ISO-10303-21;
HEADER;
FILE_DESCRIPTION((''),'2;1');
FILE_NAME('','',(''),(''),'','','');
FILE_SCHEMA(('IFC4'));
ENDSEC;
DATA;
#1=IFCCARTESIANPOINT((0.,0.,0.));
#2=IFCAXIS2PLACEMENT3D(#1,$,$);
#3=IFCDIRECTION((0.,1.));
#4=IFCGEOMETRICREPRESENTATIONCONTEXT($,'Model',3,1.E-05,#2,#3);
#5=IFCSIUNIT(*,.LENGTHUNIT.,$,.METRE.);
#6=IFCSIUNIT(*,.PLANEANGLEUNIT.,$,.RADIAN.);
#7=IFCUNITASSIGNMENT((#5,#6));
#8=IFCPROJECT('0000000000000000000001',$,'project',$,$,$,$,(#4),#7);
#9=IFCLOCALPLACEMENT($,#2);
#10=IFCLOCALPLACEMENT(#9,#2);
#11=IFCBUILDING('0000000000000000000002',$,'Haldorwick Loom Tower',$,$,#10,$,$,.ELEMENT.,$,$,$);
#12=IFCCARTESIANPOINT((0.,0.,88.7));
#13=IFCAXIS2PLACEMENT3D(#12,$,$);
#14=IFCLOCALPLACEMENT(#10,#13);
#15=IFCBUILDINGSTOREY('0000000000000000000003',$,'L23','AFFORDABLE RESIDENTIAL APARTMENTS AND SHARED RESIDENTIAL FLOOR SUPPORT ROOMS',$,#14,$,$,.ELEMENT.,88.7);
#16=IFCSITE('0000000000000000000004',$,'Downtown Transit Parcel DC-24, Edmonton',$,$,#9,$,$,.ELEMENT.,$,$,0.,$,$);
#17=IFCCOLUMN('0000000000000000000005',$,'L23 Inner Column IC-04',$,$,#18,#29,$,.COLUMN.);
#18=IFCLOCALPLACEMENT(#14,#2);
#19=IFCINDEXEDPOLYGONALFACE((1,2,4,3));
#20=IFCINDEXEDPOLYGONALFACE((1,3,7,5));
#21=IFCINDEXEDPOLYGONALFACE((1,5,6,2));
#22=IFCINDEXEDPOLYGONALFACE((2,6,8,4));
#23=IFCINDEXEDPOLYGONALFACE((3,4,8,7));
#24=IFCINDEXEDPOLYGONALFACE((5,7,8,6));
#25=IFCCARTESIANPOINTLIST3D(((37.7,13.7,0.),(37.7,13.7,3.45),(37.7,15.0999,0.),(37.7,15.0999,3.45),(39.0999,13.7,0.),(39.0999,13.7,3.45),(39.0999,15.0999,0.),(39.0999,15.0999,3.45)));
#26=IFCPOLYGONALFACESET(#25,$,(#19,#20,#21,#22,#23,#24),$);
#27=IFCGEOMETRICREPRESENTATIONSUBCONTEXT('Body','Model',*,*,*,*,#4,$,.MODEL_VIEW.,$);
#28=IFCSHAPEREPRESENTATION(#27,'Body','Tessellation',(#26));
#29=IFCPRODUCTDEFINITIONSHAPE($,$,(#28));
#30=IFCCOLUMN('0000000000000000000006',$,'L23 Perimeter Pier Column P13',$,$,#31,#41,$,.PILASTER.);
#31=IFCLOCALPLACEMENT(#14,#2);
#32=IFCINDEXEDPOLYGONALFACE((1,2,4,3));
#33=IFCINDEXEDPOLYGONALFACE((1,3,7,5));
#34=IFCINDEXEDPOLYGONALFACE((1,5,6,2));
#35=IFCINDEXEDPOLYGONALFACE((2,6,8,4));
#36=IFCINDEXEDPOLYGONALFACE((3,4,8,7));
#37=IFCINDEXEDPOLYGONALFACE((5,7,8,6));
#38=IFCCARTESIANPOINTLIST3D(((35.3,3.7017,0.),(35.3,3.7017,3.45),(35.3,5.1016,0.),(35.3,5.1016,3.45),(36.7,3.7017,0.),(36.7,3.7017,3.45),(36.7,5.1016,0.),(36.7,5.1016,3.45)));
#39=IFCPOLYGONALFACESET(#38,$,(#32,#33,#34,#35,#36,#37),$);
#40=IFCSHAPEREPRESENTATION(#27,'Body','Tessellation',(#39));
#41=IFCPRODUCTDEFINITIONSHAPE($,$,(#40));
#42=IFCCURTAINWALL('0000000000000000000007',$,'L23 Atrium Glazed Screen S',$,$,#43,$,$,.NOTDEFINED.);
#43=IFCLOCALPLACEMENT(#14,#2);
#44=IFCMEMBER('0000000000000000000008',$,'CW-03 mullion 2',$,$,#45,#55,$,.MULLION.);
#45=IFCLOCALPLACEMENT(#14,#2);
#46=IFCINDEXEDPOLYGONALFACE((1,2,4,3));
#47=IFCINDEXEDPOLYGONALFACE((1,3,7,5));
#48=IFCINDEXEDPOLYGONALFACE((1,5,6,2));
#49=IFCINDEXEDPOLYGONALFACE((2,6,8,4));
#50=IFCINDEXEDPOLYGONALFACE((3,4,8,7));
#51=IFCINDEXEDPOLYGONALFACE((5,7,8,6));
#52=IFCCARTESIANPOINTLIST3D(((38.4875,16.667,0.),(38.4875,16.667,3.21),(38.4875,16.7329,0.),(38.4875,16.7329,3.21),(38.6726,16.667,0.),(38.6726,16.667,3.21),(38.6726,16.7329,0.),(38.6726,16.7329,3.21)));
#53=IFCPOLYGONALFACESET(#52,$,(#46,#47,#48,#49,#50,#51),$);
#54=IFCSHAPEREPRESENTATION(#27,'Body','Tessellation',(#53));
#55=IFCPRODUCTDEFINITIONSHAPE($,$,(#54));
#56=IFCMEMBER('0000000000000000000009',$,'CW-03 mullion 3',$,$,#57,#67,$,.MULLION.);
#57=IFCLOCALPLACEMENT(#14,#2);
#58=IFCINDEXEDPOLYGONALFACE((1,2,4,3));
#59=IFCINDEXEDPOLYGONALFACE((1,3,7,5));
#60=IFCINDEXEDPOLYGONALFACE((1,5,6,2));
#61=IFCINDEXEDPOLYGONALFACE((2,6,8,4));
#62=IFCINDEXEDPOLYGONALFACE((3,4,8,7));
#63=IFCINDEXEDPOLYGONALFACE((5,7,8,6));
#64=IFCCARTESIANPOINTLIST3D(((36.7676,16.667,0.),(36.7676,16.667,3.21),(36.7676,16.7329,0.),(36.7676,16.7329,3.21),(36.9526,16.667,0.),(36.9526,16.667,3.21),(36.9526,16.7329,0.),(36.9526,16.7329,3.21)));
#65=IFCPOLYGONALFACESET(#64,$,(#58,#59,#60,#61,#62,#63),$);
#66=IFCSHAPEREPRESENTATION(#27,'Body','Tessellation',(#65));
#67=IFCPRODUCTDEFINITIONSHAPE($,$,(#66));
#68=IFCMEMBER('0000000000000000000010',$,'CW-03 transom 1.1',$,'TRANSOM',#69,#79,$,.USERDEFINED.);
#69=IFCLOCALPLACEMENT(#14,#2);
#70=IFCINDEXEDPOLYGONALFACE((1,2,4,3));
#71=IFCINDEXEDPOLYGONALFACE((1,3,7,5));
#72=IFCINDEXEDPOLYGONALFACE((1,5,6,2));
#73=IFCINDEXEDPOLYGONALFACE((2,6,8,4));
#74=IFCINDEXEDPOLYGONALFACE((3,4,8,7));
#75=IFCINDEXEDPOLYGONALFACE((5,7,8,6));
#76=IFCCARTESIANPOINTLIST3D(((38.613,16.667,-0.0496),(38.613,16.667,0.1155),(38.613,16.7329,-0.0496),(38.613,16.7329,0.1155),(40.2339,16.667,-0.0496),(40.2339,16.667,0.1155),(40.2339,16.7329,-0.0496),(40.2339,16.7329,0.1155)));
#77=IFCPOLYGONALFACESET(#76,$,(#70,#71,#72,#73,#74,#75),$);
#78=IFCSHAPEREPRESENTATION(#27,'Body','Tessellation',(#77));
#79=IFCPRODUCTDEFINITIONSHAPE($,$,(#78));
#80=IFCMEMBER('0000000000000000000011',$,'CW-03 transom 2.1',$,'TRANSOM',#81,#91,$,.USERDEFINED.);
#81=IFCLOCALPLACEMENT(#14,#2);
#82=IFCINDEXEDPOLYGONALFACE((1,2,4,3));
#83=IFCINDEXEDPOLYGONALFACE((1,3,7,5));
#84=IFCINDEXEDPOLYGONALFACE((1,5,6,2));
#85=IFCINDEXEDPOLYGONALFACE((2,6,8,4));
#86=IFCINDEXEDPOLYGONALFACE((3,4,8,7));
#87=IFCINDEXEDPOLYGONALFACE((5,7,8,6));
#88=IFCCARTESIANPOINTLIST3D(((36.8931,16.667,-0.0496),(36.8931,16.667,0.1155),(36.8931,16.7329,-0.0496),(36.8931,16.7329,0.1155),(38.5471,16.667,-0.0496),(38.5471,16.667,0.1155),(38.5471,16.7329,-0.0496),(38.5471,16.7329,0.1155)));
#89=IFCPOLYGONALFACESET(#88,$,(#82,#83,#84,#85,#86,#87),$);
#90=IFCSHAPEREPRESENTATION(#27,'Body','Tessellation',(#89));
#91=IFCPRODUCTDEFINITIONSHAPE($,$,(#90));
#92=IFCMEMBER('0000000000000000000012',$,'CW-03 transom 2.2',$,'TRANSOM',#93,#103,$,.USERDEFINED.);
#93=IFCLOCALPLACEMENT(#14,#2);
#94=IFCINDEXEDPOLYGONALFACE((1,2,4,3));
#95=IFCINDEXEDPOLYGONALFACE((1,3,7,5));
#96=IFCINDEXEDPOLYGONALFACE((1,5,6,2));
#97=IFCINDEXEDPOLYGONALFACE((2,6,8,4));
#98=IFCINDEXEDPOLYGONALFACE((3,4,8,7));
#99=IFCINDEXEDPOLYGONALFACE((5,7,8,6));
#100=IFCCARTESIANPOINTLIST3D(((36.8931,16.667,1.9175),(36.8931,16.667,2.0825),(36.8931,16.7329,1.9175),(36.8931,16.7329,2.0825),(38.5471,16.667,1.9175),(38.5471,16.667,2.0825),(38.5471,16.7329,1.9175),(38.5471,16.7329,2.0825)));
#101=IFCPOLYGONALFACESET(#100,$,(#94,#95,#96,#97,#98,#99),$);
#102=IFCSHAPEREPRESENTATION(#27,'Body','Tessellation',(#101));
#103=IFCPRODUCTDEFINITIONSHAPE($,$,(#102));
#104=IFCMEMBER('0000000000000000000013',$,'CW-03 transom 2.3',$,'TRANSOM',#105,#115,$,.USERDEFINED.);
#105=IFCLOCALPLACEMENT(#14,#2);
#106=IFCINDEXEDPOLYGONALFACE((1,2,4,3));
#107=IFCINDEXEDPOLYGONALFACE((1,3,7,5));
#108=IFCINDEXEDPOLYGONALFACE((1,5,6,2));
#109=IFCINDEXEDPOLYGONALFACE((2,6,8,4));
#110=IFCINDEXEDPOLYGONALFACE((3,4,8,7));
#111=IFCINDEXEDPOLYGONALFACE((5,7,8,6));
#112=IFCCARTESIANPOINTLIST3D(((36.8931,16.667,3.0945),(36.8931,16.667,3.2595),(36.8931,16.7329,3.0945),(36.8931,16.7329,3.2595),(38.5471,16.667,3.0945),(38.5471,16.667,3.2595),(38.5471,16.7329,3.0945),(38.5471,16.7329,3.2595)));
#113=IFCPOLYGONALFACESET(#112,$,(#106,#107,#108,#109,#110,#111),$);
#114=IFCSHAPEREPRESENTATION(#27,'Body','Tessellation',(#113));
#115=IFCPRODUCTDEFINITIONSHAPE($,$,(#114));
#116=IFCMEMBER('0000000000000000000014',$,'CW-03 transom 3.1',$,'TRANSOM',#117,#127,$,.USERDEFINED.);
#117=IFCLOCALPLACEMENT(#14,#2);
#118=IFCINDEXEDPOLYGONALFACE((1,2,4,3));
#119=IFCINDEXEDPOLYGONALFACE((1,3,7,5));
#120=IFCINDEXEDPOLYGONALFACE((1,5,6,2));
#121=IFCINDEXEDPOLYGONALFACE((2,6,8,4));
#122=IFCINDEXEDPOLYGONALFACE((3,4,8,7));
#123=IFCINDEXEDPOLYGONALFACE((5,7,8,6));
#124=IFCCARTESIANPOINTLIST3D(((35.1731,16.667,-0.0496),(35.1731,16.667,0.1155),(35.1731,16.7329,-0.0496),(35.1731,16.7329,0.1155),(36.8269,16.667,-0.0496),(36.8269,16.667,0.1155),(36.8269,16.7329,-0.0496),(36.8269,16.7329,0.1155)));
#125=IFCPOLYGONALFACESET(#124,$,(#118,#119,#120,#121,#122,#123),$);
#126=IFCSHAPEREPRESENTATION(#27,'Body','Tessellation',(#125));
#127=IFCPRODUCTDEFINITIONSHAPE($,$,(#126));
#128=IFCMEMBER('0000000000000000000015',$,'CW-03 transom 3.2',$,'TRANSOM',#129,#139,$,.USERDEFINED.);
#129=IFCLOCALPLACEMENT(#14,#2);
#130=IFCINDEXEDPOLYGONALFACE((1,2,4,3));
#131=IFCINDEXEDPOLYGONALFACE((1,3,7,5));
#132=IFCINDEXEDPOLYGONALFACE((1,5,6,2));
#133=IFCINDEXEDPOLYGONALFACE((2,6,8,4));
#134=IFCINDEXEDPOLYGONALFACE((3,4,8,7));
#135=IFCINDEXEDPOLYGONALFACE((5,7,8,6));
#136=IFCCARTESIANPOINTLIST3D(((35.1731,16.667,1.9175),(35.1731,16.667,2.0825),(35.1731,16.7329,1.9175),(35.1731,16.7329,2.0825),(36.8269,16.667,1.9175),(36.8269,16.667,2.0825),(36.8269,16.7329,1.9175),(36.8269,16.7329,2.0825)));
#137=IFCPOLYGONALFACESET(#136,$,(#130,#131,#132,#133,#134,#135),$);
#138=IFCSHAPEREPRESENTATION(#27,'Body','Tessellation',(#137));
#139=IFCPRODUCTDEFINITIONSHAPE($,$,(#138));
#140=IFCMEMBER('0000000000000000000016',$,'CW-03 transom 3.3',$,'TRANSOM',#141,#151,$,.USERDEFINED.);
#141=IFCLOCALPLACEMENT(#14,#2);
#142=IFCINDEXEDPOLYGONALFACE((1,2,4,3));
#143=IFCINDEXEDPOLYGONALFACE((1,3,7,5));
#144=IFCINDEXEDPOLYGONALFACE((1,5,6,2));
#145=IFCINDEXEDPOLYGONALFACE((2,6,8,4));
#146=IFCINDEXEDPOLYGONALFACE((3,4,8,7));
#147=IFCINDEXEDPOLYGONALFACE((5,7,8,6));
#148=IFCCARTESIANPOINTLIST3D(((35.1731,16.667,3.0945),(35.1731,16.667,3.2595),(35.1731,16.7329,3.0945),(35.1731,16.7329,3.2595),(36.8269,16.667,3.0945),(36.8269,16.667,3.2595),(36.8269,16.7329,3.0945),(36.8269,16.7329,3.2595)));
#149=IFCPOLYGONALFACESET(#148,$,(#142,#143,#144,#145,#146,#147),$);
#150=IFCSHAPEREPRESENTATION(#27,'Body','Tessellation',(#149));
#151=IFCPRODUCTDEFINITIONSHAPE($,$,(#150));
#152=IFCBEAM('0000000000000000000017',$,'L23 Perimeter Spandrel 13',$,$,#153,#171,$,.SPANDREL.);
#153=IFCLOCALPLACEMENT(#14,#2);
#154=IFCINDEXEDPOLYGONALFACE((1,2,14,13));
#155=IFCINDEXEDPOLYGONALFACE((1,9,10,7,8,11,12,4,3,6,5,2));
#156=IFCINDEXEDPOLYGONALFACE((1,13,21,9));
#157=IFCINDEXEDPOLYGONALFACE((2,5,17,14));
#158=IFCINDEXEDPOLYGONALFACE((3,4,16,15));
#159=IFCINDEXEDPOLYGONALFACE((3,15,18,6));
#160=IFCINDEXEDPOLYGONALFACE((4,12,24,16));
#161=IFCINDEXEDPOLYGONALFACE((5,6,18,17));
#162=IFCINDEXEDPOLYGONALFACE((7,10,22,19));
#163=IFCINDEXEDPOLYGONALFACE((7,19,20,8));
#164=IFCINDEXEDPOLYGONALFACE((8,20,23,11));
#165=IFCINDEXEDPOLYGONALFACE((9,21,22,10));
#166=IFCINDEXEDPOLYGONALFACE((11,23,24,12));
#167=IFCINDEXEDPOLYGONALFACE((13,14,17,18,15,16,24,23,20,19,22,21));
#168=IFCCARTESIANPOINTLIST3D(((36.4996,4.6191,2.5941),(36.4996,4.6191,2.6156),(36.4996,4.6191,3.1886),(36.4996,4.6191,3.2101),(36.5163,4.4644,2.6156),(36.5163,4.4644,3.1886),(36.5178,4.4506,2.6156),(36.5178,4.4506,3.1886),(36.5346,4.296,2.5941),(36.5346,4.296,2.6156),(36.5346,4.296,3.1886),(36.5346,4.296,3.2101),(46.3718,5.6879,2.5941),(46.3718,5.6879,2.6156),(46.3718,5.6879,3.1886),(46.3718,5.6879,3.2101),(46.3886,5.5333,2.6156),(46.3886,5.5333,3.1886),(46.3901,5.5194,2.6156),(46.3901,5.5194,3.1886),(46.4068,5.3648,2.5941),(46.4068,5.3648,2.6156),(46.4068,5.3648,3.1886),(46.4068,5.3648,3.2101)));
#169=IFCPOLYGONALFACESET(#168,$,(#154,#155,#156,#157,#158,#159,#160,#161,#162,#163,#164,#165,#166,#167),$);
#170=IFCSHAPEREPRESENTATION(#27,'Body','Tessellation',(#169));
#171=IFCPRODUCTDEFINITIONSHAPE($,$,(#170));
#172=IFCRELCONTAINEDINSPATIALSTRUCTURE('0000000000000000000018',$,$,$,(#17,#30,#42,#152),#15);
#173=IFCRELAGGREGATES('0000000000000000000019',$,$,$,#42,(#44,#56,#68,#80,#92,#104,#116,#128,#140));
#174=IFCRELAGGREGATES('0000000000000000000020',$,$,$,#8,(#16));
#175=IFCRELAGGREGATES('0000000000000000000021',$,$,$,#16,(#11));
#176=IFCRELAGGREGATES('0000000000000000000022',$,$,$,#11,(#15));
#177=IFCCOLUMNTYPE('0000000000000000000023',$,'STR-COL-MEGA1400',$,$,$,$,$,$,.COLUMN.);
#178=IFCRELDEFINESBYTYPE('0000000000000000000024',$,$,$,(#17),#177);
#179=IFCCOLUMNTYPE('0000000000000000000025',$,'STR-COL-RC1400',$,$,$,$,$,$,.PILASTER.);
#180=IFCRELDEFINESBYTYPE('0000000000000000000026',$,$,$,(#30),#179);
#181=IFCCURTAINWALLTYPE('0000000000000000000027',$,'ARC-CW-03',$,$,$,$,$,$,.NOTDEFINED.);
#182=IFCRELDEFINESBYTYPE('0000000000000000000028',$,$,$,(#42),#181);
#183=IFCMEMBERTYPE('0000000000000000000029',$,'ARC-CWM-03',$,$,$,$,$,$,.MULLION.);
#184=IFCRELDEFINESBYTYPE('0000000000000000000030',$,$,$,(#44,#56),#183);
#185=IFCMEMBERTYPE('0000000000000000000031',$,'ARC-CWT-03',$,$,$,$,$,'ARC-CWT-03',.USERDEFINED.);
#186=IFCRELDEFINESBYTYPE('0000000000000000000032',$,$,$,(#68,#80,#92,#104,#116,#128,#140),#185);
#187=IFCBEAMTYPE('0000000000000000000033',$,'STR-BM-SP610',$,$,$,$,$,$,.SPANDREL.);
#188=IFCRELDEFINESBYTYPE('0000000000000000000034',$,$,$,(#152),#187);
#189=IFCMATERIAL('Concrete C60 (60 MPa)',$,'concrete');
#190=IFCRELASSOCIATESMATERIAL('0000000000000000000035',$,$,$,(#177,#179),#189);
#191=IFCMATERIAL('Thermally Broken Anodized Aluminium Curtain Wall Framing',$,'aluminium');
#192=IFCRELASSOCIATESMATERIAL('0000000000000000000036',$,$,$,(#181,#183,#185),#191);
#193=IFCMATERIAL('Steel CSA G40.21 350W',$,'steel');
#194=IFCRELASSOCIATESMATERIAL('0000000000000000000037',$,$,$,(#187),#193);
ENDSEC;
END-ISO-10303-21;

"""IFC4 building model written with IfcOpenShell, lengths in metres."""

from ifc_helpers import new_model, si_unit, direction, frame, origin, origin_2d, place, context, subcontext, project, spatial, rectangle, i_section, extrude, material, material_profile, profile_set, type_object, element, aggregate, save


model = new_model("IFC4")

# Units and contexts
model_context = context("Model", 3, precision=1e-05, world=origin(), true_north=direction((0.0, 1.0)))
body_context = subcontext(model_context, "Body", "Model", "MODEL_VIEW")
ifc_project = project(units=[si_unit("LENGTHUNIT", "METRE"), si_unit("PLANEANGLEUNIT", "RADIAN")], contexts=[model_context])

# Site, building, storey
site_placement = place(None, origin())
site = spatial("IfcSite", under=ifc_project, at=site_placement, Name="Downtown Transit Parcel DC-24, Edmonton", CompositionType="ELEMENT", RefElevation=0.0)
building_placement = place(site_placement, origin())
building = spatial("IfcBuilding", under=site, at=building_placement, Name="Haldorwick Loom Tower", CompositionType="ELEMENT")
storey_placement = place(building_placement, frame((0.0, 0.0, 88.7)))
storey = spatial("IfcBuildingStorey", under=building, at=storey_placement, Name="L23", Description="AFFORDABLE RESIDENTIAL APARTMENTS AND SHARED RESIDENTIAL FLOOR SUPPORT ROOMS", CompositionType="ELEMENT", Elevation=88.7)

# Columns
ifc_material_1 = material(Name="Concrete C60 (60 MPa)", Category="concrete")
ifc_material_profile_1 = material_profile(ifc_material_1, rectangle(XDim=1.3999, YDim=1.3999, at=origin_2d()), Name="RC1400X1400", Category="concrete")
ifc_profile_set_1 = profile_set([ifc_material_profile_1], Name="Concrete C60 (60 MPa)")
column_type_1 = type_object("IfcColumnType", Name="STR-COL-MEGA1400", PredefinedType="COLUMN", material=ifc_profile_set_1)
column_1_placement = place(storey_placement, frame((38.3999, 14.3999, 0.0), z_axis=(0.0, 0.0, 1.0), x_axis=(1.0, 0.0, 0.0)))
element("IfcColumn", 1, at=column_1_placement, inside=storey, type_object=column_type_1, Name="L23 Inner Column IC-04", PredefinedType="COLUMN", context=body_context, shape_type="SweptSolid", body=[
    extrude(rectangle(XDim=1.3999, YDim=1.3999, at=origin_2d()), origin(), (0.0, 0.0, 1.0), 3.45),
])
ifc_material_profile_2 = material_profile(ifc_material_1, rectangle(XDim=1.3999, YDim=1.3999, at=origin_2d()), Name="RC1400X1400", Category="concrete")
ifc_profile_set_2 = profile_set([ifc_material_profile_2], Name="Concrete C60 (60 MPa)")
column_type_2 = type_object("IfcColumnType", Name="STR-COL-RC1400", PredefinedType="PILASTER", material=ifc_profile_set_2)
column_2_placement = place(storey_placement, frame((36.0, 4.4016, 0.0), z_axis=(0.0, 0.0, 1.0), x_axis=(0.0, -1.0, 0.0)))
element("IfcColumn", 2, at=column_2_placement, inside=storey, type_object=column_type_2, Name="L23 Perimeter Pier Column P13", PredefinedType="PILASTER", context=body_context, shape_type="SweptSolid", body=[
    extrude(rectangle(XDim=1.3999, YDim=1.3999, at=origin_2d()), origin(), (0.0, 0.0, 1.0), 3.45),
])

# Curtain wall, members
ifc_material_2 = material(Name="Thermally Broken Anodized Aluminium Curtain Wall Framing", Category="aluminium")
curtain_wall_type = type_object("IfcCurtainWallType", Name="ARC-CW-03", PredefinedType="NOTDEFINED", material=ifc_material_2)
curtain_wall_placement = place(storey_placement, origin())
curtain_wall = element("IfcCurtainWall", 3, at=curtain_wall_placement, inside=storey, type_object=curtain_wall_type, Name="L23 Atrium Glazed Screen S", PredefinedType="NOTDEFINED")
ifc_material_profile_3 = material_profile(ifc_material_2, rectangle(XDim=0.0659, YDim=0.1851, at=origin_2d()), Name="ALU_MUL_66X185", Category="aluminium")
ifc_profile_set_3 = profile_set([ifc_material_profile_3], Name="Thermally Broken Anodized Aluminium Curtain Wall Framing")
member_type_1 = type_object("IfcMemberType", Name="ARC-CWM-03", PredefinedType="MULLION", material=ifc_profile_set_3)
member_1_placement = place(storey_placement, frame((38.5801, 16.7, 0.0), z_axis=(0.0, 0.0, 1.0), x_axis=(0.0, -1.0, 0.0)))
member_1 = element("IfcMember", 4, at=member_1_placement, type_object=member_type_1, Name="CW-03 mullion 2", PredefinedType="MULLION", context=body_context, shape_type="SweptSolid", body=[
    extrude(rectangle(XDim=0.0659, YDim=0.1851, at=origin_2d()), origin(), (0.0, 0.0, 1.0), 3.21),
])
member_2_placement = place(storey_placement, frame((36.8601, 16.7, 0.0), z_axis=(0.0, 0.0, 1.0), x_axis=(0.0, -1.0, 0.0)))
member_2 = element("IfcMember", 5, at=member_2_placement, type_object=member_type_1, Name="CW-03 mullion 3", PredefinedType="MULLION", context=body_context, shape_type="SweptSolid", body=[
    extrude(rectangle(XDim=0.0659, YDim=0.1851, at=origin_2d()), origin(), (0.0, 0.0, 1.0), 3.21),
])
ifc_material_profile_4 = material_profile(ifc_material_2, rectangle(XDim=0.0659, YDim=0.165, at=origin_2d()), Name="ALU_TRN_66X165", Category="aluminium")
ifc_profile_set_4 = profile_set([ifc_material_profile_4], Name="Thermally Broken Anodized Aluminium Curtain Wall Framing")
member_type_2 = type_object("IfcMemberType", Name="ARC-CWT-03", ElementType="ARC-CWT-03", PredefinedType="USERDEFINED", material=ifc_profile_set_4)
member_3_placement = place(storey_placement, frame((40.2339, 16.7, 0.033), z_axis=(-1.0, 0.0, 0.0), x_axis=(0.0, -1.0, 0.0)))
member_3 = element("IfcMember", 6, at=member_3_placement, type_object=member_type_2, Name="CW-03 transom 1.1", ObjectType="TRANSOM", PredefinedType="USERDEFINED", context=body_context, shape_type="SweptSolid", body=[
    extrude(rectangle(XDim=0.0659, YDim=0.165, at=origin_2d()), origin(), (0.0, 0.0, 1.0), 1.6208),
])
member_4_placement = place(storey_placement, frame((38.5471, 16.7, 0.033), z_axis=(-1.0, 0.0, 0.0), x_axis=(0.0, -1.0, 0.0)))
member_4 = element("IfcMember", 7, at=member_4_placement, type_object=member_type_2, Name="CW-03 transom 2.1", ObjectType="TRANSOM", PredefinedType="USERDEFINED", context=body_context, shape_type="SweptSolid", body=[
    extrude(rectangle(XDim=0.0659, YDim=0.165, at=origin_2d()), origin(), (0.0, 0.0, 1.0), 1.6541),
])
member_5_placement = place(storey_placement, frame((38.5471, 16.7, 2.0), z_axis=(-1.0, 0.0, 0.0), x_axis=(0.0, -1.0, 0.0)))
member_5 = element("IfcMember", 8, at=member_5_placement, type_object=member_type_2, Name="CW-03 transom 2.2", ObjectType="TRANSOM", PredefinedType="USERDEFINED", context=body_context, shape_type="SweptSolid", body=[
    extrude(rectangle(XDim=0.0659, YDim=0.165, at=origin_2d()), origin(), (0.0, 0.0, 1.0), 1.6541),
])
member_6_placement = place(storey_placement, frame((38.5471, 16.7, 3.177), z_axis=(-1.0, 0.0, 0.0), x_axis=(0.0, -1.0, 0.0)))
member_6 = element("IfcMember", 9, at=member_6_placement, type_object=member_type_2, Name="CW-03 transom 2.3", ObjectType="TRANSOM", PredefinedType="USERDEFINED", context=body_context, shape_type="SweptSolid", body=[
    extrude(rectangle(XDim=0.0659, YDim=0.165, at=origin_2d()), origin(), (0.0, 0.0, 1.0), 1.6541),
])
member_7_placement = place(storey_placement, frame((36.8269, 16.7, 0.033), z_axis=(-1.0, 0.0, 0.0), x_axis=(0.0, -1.0, 0.0)))
member_7 = element("IfcMember", 10, at=member_7_placement, type_object=member_type_2, Name="CW-03 transom 3.1", ObjectType="TRANSOM", PredefinedType="USERDEFINED", context=body_context, shape_type="SweptSolid", body=[
    extrude(rectangle(XDim=0.0659, YDim=0.165, at=origin_2d()), origin(), (0.0, 0.0, 1.0), 1.6538),
])
member_8_placement = place(storey_placement, frame((36.8269, 16.7, 2.0), z_axis=(-1.0, 0.0, 0.0), x_axis=(0.0, -1.0, 0.0)))
member_8 = element("IfcMember", 11, at=member_8_placement, type_object=member_type_2, Name="CW-03 transom 3.2", ObjectType="TRANSOM", PredefinedType="USERDEFINED", context=body_context, shape_type="SweptSolid", body=[
    extrude(rectangle(XDim=0.0659, YDim=0.165, at=origin_2d()), origin(), (0.0, 0.0, 1.0), 1.6538),
])
member_9_placement = place(storey_placement, frame((36.8269, 16.7, 3.177), z_axis=(-1.0, 0.0, 0.0), x_axis=(0.0, -1.0, 0.0)))
member_9 = element("IfcMember", 12, at=member_9_placement, type_object=member_type_2, Name="CW-03 transom 3.3", ObjectType="TRANSOM", PredefinedType="USERDEFINED", context=body_context, shape_type="SweptSolid", body=[
    extrude(rectangle(XDim=0.0659, YDim=0.165, at=origin_2d()), origin(), (0.0, 0.0, 1.0), 1.6538),
])

# Beam
ifc_material_3 = material(Name="Steel CSA G40.21 350W", Category="steel")
ifc_material_profile_5 = material_profile(ifc_material_3, i_section(OverallWidth=0.325, OverallDepth=0.616, WebThickness=0.0139, FlangeThickness=0.0215, at=origin_2d()), Name="W610X174", Category="steel")
ifc_profile_set_5 = profile_set([ifc_material_profile_5], Name="Steel CSA G40.21 350W")
beam_type_1 = type_object("IfcBeamType", Name="STR-BM-SP610", PredefinedType="SPANDREL", material=ifc_profile_set_5)
beam_1_placement = place(storey_placement, frame((36.5171, 4.4575, 2.9021), z_axis=(0.99419, 0.107638, 0.0), x_axis=(-0.107638, 0.99419, 0.0)))
element("IfcBeam", 13, at=beam_1_placement, inside=storey, type_object=beam_type_1, Name="L23 Perimeter Spandrel 13", PredefinedType="SPANDREL", context=body_context, shape_type="SweptSolid", body=[
    extrude(i_section(OverallWidth=0.325, OverallDepth=0.616, WebThickness=0.0139, FlangeThickness=0.0215, at=origin_2d()), origin(), (0.0, 0.0, 1.0), 9.9299),
])

aggregate(curtain_wall, [member_1, member_2, member_3, member_4, member_5, member_6, member_7, member_8, member_9])

save(model, "model.ifc")
